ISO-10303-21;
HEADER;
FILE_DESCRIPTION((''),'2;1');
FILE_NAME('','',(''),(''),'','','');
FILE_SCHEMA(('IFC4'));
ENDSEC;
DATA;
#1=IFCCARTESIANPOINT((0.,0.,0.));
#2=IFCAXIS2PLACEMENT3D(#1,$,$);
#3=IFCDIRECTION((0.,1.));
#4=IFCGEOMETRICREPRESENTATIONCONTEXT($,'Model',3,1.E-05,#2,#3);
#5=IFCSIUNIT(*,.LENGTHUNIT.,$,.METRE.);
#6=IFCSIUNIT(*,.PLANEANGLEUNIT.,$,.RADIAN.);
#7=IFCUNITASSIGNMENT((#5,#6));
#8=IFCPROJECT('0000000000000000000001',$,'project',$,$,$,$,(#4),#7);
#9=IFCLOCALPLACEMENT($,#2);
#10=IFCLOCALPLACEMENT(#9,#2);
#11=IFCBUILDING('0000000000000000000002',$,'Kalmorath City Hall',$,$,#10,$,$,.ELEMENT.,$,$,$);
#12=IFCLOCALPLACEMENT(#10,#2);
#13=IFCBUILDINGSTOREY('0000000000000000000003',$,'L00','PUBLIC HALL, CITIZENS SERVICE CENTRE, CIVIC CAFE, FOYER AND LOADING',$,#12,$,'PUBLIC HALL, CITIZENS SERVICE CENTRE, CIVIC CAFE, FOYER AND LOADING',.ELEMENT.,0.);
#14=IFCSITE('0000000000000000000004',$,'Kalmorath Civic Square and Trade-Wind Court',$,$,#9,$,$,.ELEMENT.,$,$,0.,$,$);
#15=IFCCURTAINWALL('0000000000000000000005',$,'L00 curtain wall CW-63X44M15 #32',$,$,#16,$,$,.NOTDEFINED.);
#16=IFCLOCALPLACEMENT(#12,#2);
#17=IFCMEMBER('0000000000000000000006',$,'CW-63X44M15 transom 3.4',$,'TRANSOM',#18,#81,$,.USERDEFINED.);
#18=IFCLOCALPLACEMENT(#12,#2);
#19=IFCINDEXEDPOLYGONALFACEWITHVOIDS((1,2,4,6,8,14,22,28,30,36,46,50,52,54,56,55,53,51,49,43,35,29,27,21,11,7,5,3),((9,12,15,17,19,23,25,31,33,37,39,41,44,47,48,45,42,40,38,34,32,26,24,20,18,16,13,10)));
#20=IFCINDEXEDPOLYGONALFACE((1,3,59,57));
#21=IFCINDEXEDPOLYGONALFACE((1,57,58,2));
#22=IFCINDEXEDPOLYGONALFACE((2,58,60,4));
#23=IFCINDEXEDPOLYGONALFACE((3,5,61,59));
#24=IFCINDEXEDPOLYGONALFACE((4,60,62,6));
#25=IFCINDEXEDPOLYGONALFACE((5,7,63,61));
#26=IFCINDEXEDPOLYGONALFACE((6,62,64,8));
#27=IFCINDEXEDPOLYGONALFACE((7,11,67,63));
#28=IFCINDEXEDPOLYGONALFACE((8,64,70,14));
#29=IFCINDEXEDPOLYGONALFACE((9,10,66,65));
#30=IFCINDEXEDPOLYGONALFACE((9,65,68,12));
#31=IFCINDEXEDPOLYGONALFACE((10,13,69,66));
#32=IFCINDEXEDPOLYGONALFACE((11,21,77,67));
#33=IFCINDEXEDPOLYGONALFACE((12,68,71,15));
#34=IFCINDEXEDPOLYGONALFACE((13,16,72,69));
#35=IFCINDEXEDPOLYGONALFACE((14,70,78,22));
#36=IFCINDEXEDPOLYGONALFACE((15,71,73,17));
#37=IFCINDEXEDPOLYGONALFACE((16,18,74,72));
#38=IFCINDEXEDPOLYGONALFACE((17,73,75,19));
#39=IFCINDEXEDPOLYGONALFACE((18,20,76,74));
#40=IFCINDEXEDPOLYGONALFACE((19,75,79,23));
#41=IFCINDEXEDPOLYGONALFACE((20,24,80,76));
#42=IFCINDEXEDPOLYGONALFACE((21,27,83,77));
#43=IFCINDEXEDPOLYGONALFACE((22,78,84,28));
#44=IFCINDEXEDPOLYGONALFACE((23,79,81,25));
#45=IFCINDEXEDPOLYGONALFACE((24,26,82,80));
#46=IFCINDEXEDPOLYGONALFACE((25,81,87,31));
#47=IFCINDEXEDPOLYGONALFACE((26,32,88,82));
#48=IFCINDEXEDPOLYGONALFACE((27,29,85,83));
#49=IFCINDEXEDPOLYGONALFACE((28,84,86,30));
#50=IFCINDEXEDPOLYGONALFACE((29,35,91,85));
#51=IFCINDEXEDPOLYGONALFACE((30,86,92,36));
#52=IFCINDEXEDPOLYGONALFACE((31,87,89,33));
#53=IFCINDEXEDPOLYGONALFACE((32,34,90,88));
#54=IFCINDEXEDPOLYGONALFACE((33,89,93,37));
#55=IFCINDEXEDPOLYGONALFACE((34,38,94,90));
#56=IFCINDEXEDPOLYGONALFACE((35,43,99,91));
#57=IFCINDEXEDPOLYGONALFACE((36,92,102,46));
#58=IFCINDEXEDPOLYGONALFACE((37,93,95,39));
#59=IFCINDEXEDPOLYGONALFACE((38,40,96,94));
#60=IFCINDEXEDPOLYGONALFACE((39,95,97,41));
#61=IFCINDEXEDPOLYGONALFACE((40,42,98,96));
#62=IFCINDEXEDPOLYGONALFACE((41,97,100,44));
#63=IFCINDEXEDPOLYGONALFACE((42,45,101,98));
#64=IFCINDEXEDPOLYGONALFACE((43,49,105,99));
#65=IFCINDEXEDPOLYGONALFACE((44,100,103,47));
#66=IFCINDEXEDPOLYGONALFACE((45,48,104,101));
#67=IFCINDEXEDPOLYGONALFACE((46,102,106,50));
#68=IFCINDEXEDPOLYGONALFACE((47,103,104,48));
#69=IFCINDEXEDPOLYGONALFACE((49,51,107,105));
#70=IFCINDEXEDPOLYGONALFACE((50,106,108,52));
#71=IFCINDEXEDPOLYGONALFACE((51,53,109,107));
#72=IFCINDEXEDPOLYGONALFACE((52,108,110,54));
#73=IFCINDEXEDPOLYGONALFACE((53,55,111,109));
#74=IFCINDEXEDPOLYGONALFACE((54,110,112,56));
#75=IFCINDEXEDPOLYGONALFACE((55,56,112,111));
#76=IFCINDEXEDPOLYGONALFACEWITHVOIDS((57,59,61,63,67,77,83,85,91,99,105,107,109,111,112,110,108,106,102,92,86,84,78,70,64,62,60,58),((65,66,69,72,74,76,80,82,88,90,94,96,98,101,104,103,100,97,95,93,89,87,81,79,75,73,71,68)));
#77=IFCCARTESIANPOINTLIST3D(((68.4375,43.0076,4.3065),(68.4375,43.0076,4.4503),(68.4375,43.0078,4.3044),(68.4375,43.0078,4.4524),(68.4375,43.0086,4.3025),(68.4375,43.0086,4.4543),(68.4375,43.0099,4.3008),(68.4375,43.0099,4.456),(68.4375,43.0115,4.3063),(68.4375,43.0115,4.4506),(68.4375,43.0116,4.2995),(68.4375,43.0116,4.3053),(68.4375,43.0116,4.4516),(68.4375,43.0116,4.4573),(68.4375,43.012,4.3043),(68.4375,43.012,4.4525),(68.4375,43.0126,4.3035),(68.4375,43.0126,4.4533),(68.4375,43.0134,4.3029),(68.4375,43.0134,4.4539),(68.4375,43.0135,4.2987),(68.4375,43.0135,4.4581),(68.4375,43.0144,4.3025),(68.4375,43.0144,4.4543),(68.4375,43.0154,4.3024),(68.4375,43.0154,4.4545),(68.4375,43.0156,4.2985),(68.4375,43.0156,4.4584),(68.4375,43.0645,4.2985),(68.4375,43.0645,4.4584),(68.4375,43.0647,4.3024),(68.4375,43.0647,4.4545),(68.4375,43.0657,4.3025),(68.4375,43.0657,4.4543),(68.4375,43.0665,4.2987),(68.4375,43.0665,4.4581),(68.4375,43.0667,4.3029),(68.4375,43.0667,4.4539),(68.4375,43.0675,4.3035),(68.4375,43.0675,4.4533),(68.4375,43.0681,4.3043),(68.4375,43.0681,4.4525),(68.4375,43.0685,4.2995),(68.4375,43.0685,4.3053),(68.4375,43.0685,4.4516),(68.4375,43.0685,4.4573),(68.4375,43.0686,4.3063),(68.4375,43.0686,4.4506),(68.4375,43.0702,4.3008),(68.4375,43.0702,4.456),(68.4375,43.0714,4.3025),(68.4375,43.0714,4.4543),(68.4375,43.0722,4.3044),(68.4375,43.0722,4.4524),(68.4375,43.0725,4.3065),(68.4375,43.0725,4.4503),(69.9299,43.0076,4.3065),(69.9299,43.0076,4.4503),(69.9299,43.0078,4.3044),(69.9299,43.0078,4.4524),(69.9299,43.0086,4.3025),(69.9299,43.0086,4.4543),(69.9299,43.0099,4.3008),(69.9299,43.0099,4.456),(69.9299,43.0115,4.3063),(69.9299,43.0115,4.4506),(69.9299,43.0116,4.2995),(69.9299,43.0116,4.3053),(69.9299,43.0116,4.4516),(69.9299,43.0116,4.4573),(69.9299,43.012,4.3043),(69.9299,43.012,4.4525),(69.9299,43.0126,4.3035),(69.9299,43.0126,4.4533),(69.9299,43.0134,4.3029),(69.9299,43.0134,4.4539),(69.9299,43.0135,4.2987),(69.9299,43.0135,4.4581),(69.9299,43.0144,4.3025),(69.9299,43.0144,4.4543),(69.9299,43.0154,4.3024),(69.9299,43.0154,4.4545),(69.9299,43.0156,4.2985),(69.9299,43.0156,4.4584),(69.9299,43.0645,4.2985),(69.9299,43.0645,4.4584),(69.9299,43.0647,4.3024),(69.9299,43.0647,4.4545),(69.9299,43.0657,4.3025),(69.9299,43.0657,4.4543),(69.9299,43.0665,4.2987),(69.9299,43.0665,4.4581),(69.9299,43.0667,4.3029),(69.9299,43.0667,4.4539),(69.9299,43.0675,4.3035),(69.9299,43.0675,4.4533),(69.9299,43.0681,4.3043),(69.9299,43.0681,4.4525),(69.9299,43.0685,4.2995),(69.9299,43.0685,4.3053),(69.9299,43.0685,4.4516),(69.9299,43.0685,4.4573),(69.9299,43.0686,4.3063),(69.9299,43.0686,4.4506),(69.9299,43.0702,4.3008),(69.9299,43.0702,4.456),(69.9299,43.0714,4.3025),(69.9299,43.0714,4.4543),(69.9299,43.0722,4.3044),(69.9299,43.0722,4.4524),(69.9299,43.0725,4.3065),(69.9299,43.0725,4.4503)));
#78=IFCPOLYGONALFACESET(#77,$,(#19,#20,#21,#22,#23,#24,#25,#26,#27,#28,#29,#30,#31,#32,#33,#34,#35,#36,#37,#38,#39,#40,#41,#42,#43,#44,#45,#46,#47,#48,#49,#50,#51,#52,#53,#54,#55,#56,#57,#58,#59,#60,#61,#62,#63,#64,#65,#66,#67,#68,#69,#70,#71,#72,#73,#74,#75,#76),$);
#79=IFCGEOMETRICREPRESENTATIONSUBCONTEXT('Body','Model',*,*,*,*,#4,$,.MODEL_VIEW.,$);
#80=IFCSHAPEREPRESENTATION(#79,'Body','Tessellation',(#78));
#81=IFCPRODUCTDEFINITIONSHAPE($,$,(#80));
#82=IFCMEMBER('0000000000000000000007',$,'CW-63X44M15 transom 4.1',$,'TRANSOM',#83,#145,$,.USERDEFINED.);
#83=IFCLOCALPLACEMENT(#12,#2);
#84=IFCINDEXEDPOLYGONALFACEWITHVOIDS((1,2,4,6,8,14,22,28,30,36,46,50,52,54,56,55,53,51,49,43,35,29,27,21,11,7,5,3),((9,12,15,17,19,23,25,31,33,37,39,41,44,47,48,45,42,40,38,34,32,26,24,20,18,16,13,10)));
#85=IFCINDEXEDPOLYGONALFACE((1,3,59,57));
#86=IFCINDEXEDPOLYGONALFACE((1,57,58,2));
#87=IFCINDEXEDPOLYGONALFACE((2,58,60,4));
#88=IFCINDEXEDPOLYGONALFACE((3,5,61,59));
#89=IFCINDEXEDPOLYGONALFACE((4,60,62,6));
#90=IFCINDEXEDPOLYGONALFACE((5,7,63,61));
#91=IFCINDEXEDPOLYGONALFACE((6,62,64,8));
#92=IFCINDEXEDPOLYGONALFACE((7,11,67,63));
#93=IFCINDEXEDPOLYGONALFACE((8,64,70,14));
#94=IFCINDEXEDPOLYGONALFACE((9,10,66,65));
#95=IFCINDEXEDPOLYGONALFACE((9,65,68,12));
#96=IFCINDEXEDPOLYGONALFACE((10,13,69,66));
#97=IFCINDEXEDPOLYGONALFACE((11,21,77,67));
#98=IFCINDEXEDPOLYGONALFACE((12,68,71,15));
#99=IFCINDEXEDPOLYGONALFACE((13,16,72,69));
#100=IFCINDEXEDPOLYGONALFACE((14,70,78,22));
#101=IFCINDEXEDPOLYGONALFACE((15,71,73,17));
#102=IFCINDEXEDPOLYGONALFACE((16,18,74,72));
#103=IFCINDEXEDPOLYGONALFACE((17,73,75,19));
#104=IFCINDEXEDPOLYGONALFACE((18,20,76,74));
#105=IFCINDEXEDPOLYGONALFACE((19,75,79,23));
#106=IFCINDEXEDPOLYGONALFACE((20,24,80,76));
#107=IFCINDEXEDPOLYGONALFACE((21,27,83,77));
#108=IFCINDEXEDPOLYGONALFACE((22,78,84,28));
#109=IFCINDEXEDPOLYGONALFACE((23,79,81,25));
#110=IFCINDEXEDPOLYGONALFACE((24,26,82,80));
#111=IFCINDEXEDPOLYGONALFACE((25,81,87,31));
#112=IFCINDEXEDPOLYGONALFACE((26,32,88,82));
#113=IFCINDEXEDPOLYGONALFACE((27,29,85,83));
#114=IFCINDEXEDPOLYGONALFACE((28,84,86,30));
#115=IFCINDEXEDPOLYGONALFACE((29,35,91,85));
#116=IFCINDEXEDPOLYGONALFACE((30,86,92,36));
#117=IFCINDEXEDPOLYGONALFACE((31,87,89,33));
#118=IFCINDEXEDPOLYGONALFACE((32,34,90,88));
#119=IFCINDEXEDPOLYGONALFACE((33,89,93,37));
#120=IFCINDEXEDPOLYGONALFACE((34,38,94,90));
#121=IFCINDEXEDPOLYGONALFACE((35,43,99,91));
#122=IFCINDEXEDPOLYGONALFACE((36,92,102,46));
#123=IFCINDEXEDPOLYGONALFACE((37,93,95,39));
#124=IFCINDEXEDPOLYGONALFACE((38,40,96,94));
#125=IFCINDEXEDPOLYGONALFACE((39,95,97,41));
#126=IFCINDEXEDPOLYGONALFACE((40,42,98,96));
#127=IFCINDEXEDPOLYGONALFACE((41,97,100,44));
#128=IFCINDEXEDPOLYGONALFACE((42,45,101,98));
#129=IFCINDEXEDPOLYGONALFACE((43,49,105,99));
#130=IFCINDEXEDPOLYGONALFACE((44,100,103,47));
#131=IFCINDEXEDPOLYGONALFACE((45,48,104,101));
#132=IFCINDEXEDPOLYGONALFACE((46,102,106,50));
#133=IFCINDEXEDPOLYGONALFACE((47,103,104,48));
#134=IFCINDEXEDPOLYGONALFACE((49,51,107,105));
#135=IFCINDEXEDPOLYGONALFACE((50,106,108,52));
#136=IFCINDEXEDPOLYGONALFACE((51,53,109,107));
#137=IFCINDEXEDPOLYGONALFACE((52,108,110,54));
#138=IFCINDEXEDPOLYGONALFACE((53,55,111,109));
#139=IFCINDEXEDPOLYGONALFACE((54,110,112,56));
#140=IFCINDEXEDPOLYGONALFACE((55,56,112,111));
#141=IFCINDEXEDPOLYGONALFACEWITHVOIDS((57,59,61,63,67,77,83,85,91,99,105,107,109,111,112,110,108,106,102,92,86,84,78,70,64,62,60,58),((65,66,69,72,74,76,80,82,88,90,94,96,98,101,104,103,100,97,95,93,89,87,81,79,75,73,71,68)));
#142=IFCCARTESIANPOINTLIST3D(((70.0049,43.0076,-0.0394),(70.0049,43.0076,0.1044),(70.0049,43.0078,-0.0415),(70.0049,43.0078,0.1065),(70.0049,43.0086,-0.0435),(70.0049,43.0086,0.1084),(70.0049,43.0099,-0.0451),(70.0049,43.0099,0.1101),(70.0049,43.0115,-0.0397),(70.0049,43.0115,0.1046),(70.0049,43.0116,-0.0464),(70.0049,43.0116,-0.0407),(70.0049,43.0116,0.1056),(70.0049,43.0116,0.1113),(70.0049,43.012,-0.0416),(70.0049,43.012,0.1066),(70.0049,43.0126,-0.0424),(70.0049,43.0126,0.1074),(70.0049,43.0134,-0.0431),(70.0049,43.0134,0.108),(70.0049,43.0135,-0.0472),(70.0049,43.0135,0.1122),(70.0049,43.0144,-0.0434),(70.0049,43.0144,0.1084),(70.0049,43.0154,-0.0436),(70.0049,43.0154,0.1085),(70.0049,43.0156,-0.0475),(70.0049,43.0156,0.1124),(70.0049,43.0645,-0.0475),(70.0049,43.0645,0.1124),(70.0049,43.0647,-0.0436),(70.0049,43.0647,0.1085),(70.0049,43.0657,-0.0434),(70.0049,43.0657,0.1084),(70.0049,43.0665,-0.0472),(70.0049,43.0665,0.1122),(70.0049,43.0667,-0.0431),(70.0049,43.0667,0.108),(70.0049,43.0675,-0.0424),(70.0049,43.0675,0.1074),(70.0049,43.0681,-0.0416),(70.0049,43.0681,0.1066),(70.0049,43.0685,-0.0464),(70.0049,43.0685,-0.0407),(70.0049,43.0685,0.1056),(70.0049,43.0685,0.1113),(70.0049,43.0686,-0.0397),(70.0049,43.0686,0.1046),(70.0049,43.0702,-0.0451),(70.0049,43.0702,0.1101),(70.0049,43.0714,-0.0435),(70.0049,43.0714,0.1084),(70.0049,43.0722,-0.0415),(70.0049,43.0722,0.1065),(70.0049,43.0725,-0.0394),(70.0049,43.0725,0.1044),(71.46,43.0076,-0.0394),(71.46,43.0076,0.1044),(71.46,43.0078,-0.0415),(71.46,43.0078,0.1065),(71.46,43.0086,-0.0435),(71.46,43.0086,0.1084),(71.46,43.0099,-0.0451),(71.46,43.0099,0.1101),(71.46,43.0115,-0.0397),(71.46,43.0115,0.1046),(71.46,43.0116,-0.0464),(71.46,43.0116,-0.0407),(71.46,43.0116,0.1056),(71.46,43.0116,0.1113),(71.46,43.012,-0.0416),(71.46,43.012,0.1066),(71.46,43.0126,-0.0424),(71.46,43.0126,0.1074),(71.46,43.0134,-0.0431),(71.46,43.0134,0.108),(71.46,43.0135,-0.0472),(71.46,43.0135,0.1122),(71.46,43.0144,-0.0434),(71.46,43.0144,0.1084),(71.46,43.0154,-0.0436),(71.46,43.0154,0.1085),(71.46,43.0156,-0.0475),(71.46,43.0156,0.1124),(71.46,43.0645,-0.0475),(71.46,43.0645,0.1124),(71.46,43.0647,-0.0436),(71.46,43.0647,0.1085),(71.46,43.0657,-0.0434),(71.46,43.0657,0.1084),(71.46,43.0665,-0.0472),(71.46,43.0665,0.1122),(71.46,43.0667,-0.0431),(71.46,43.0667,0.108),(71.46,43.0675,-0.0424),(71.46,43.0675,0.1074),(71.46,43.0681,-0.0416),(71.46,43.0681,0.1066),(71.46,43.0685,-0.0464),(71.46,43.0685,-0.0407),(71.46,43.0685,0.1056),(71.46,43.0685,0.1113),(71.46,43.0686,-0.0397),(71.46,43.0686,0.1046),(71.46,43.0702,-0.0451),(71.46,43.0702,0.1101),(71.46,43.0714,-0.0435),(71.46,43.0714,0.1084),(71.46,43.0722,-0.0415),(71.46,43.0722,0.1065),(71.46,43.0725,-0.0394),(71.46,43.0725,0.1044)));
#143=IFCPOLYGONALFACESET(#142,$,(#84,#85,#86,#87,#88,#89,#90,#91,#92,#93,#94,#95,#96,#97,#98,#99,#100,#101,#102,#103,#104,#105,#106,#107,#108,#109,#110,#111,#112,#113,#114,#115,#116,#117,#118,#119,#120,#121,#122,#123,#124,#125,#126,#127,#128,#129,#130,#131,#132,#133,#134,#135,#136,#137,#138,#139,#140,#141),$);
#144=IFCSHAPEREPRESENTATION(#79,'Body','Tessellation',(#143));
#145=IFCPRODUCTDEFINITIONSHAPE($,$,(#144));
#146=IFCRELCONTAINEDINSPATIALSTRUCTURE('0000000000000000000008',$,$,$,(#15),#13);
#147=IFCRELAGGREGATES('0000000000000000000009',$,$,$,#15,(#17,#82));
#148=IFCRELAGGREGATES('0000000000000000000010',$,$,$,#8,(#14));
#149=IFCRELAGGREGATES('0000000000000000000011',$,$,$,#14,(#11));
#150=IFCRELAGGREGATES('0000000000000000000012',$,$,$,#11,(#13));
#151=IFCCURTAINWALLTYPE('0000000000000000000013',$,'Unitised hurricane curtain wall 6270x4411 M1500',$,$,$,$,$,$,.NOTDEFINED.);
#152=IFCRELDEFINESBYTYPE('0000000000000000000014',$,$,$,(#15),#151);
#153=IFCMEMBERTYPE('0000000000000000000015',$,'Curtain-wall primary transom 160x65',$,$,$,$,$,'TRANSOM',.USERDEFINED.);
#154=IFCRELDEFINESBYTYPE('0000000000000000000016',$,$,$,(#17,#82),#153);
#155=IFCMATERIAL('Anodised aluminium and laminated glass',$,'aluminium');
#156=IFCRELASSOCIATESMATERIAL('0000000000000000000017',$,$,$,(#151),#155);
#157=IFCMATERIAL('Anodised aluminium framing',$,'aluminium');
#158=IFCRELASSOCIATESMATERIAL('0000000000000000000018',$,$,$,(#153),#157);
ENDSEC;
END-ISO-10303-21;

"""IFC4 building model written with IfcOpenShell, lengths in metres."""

from ifc_helpers import new_model, si_unit, direction, frame, origin, origin_2d, place, context, subcontext, project, spatial, hollow_rectangle, extrude, material, material_profile, profile_set, type_object, element, aggregate, save


model = new_model("IFC4")

# Units and contexts
model_context = context("Model", 3, precision=1e-05, world=origin(), true_north=direction((0.0, 1.0)))
body_context = subcontext(model_context, "Body", "Model", "MODEL_VIEW")
ifc_project = project(units=[si_unit("LENGTHUNIT", "METRE"), si_unit("PLANEANGLEUNIT", "RADIAN")], contexts=[model_context])

# Site, building, storey
site_placement = place(None, origin())
site = spatial("IfcSite", under=ifc_project, at=site_placement, Name="Kalmorath Civic Square and Trade-Wind Court", CompositionType="ELEMENT", RefElevation=0.0)
building_placement = place(site_placement, origin())
building = spatial("IfcBuilding", under=site, at=building_placement, Name="Kalmorath City Hall", CompositionType="ELEMENT")
storey_placement = place(building_placement, origin())
storey = spatial("IfcBuildingStorey", under=building, at=storey_placement, Name="L00", Description="PUBLIC HALL, CITIZENS SERVICE CENTRE, CIVIC CAFE, FOYER AND LOADING", LongName="PUBLIC HALL, CITIZENS SERVICE CENTRE, CIVIC CAFE, FOYER AND LOADING", CompositionType="ELEMENT", Elevation=0.0)

# Curtain wall
ifc_material_1 = material(Name="Anodised aluminium and laminated glass", Category="aluminium")
curtain_wall_type_1 = type_object("IfcCurtainWallType", Name="Unitised hurricane curtain wall 6270x4411 M1500", PredefinedType="NOTDEFINED", material=ifc_material_1)
curtain_wall_1_placement = place(storey_placement, origin())
curtain_wall_1 = element("IfcCurtainWall", 1, at=curtain_wall_1_placement, inside=storey, type_object=curtain_wall_type_1, Name="L00 curtain wall CW-63X44M15 #32", PredefinedType="NOTDEFINED")

# Members
ifc_material_2 = material(Name="Anodised aluminium framing", Category="aluminium")
ifc_material_profile_1 = material_profile(ifc_material_2, hollow_rectangle(XDim=0.0649, YDim=0.1599, WallThickness=0.0039, InnerFilletRadius=0.0039, OuterFilletRadius=0.0081, at=origin_2d()), Name="ALU-TRN-160X65X4")
ifc_profile_set_1 = profile_set([ifc_material_profile_1], Name="Anodised aluminium framing")
member_type_1 = type_object("IfcMemberType", Name="Curtain-wall primary transom 160x65", ElementType="TRANSOM", PredefinedType="USERDEFINED", material=ifc_profile_set_1)
member_1_placement = place(storey_placement, frame((68.4375, 43.04, 4.3784), z_axis=(1.0, 0.0, 0.0), x_axis=(0.0, 1.0, 0.0)))
member_1 = element("IfcMember", 2, at=member_1_placement, type_object=member_type_1, Name="CW-63X44M15 transom 3.4", ObjectType="TRANSOM", PredefinedType="USERDEFINED", context=body_context, shape_type="SweptSolid", body=[
    extrude(hollow_rectangle(XDim=0.0649, YDim=0.1599, WallThickness=0.0039, InnerFilletRadius=0.0039, OuterFilletRadius=0.0081, at=origin_2d()), origin(), (0.0, 0.0, 1.0), 1.4924),
])
member_2_placement = place(storey_placement, frame((70.0049, 43.04, 0.0325), z_axis=(1.0, 0.0, 0.0), x_axis=(0.0, 1.0, 0.0)))
member_2 = element("IfcMember", 3, at=member_2_placement, type_object=member_type_1, Name="CW-63X44M15 transom 4.1", ObjectType="TRANSOM", PredefinedType="USERDEFINED", context=body_context, shape_type="SweptSolid", body=[
    extrude(hollow_rectangle(XDim=0.0649, YDim=0.1599, WallThickness=0.0039, InnerFilletRadius=0.0039, OuterFilletRadius=0.0081, at=origin_2d()), origin(), (0.0, 0.0, 1.0), 1.4551),
])

aggregate(curtain_wall_1, [member_1, member_2])

save(model, "model.ifc")
